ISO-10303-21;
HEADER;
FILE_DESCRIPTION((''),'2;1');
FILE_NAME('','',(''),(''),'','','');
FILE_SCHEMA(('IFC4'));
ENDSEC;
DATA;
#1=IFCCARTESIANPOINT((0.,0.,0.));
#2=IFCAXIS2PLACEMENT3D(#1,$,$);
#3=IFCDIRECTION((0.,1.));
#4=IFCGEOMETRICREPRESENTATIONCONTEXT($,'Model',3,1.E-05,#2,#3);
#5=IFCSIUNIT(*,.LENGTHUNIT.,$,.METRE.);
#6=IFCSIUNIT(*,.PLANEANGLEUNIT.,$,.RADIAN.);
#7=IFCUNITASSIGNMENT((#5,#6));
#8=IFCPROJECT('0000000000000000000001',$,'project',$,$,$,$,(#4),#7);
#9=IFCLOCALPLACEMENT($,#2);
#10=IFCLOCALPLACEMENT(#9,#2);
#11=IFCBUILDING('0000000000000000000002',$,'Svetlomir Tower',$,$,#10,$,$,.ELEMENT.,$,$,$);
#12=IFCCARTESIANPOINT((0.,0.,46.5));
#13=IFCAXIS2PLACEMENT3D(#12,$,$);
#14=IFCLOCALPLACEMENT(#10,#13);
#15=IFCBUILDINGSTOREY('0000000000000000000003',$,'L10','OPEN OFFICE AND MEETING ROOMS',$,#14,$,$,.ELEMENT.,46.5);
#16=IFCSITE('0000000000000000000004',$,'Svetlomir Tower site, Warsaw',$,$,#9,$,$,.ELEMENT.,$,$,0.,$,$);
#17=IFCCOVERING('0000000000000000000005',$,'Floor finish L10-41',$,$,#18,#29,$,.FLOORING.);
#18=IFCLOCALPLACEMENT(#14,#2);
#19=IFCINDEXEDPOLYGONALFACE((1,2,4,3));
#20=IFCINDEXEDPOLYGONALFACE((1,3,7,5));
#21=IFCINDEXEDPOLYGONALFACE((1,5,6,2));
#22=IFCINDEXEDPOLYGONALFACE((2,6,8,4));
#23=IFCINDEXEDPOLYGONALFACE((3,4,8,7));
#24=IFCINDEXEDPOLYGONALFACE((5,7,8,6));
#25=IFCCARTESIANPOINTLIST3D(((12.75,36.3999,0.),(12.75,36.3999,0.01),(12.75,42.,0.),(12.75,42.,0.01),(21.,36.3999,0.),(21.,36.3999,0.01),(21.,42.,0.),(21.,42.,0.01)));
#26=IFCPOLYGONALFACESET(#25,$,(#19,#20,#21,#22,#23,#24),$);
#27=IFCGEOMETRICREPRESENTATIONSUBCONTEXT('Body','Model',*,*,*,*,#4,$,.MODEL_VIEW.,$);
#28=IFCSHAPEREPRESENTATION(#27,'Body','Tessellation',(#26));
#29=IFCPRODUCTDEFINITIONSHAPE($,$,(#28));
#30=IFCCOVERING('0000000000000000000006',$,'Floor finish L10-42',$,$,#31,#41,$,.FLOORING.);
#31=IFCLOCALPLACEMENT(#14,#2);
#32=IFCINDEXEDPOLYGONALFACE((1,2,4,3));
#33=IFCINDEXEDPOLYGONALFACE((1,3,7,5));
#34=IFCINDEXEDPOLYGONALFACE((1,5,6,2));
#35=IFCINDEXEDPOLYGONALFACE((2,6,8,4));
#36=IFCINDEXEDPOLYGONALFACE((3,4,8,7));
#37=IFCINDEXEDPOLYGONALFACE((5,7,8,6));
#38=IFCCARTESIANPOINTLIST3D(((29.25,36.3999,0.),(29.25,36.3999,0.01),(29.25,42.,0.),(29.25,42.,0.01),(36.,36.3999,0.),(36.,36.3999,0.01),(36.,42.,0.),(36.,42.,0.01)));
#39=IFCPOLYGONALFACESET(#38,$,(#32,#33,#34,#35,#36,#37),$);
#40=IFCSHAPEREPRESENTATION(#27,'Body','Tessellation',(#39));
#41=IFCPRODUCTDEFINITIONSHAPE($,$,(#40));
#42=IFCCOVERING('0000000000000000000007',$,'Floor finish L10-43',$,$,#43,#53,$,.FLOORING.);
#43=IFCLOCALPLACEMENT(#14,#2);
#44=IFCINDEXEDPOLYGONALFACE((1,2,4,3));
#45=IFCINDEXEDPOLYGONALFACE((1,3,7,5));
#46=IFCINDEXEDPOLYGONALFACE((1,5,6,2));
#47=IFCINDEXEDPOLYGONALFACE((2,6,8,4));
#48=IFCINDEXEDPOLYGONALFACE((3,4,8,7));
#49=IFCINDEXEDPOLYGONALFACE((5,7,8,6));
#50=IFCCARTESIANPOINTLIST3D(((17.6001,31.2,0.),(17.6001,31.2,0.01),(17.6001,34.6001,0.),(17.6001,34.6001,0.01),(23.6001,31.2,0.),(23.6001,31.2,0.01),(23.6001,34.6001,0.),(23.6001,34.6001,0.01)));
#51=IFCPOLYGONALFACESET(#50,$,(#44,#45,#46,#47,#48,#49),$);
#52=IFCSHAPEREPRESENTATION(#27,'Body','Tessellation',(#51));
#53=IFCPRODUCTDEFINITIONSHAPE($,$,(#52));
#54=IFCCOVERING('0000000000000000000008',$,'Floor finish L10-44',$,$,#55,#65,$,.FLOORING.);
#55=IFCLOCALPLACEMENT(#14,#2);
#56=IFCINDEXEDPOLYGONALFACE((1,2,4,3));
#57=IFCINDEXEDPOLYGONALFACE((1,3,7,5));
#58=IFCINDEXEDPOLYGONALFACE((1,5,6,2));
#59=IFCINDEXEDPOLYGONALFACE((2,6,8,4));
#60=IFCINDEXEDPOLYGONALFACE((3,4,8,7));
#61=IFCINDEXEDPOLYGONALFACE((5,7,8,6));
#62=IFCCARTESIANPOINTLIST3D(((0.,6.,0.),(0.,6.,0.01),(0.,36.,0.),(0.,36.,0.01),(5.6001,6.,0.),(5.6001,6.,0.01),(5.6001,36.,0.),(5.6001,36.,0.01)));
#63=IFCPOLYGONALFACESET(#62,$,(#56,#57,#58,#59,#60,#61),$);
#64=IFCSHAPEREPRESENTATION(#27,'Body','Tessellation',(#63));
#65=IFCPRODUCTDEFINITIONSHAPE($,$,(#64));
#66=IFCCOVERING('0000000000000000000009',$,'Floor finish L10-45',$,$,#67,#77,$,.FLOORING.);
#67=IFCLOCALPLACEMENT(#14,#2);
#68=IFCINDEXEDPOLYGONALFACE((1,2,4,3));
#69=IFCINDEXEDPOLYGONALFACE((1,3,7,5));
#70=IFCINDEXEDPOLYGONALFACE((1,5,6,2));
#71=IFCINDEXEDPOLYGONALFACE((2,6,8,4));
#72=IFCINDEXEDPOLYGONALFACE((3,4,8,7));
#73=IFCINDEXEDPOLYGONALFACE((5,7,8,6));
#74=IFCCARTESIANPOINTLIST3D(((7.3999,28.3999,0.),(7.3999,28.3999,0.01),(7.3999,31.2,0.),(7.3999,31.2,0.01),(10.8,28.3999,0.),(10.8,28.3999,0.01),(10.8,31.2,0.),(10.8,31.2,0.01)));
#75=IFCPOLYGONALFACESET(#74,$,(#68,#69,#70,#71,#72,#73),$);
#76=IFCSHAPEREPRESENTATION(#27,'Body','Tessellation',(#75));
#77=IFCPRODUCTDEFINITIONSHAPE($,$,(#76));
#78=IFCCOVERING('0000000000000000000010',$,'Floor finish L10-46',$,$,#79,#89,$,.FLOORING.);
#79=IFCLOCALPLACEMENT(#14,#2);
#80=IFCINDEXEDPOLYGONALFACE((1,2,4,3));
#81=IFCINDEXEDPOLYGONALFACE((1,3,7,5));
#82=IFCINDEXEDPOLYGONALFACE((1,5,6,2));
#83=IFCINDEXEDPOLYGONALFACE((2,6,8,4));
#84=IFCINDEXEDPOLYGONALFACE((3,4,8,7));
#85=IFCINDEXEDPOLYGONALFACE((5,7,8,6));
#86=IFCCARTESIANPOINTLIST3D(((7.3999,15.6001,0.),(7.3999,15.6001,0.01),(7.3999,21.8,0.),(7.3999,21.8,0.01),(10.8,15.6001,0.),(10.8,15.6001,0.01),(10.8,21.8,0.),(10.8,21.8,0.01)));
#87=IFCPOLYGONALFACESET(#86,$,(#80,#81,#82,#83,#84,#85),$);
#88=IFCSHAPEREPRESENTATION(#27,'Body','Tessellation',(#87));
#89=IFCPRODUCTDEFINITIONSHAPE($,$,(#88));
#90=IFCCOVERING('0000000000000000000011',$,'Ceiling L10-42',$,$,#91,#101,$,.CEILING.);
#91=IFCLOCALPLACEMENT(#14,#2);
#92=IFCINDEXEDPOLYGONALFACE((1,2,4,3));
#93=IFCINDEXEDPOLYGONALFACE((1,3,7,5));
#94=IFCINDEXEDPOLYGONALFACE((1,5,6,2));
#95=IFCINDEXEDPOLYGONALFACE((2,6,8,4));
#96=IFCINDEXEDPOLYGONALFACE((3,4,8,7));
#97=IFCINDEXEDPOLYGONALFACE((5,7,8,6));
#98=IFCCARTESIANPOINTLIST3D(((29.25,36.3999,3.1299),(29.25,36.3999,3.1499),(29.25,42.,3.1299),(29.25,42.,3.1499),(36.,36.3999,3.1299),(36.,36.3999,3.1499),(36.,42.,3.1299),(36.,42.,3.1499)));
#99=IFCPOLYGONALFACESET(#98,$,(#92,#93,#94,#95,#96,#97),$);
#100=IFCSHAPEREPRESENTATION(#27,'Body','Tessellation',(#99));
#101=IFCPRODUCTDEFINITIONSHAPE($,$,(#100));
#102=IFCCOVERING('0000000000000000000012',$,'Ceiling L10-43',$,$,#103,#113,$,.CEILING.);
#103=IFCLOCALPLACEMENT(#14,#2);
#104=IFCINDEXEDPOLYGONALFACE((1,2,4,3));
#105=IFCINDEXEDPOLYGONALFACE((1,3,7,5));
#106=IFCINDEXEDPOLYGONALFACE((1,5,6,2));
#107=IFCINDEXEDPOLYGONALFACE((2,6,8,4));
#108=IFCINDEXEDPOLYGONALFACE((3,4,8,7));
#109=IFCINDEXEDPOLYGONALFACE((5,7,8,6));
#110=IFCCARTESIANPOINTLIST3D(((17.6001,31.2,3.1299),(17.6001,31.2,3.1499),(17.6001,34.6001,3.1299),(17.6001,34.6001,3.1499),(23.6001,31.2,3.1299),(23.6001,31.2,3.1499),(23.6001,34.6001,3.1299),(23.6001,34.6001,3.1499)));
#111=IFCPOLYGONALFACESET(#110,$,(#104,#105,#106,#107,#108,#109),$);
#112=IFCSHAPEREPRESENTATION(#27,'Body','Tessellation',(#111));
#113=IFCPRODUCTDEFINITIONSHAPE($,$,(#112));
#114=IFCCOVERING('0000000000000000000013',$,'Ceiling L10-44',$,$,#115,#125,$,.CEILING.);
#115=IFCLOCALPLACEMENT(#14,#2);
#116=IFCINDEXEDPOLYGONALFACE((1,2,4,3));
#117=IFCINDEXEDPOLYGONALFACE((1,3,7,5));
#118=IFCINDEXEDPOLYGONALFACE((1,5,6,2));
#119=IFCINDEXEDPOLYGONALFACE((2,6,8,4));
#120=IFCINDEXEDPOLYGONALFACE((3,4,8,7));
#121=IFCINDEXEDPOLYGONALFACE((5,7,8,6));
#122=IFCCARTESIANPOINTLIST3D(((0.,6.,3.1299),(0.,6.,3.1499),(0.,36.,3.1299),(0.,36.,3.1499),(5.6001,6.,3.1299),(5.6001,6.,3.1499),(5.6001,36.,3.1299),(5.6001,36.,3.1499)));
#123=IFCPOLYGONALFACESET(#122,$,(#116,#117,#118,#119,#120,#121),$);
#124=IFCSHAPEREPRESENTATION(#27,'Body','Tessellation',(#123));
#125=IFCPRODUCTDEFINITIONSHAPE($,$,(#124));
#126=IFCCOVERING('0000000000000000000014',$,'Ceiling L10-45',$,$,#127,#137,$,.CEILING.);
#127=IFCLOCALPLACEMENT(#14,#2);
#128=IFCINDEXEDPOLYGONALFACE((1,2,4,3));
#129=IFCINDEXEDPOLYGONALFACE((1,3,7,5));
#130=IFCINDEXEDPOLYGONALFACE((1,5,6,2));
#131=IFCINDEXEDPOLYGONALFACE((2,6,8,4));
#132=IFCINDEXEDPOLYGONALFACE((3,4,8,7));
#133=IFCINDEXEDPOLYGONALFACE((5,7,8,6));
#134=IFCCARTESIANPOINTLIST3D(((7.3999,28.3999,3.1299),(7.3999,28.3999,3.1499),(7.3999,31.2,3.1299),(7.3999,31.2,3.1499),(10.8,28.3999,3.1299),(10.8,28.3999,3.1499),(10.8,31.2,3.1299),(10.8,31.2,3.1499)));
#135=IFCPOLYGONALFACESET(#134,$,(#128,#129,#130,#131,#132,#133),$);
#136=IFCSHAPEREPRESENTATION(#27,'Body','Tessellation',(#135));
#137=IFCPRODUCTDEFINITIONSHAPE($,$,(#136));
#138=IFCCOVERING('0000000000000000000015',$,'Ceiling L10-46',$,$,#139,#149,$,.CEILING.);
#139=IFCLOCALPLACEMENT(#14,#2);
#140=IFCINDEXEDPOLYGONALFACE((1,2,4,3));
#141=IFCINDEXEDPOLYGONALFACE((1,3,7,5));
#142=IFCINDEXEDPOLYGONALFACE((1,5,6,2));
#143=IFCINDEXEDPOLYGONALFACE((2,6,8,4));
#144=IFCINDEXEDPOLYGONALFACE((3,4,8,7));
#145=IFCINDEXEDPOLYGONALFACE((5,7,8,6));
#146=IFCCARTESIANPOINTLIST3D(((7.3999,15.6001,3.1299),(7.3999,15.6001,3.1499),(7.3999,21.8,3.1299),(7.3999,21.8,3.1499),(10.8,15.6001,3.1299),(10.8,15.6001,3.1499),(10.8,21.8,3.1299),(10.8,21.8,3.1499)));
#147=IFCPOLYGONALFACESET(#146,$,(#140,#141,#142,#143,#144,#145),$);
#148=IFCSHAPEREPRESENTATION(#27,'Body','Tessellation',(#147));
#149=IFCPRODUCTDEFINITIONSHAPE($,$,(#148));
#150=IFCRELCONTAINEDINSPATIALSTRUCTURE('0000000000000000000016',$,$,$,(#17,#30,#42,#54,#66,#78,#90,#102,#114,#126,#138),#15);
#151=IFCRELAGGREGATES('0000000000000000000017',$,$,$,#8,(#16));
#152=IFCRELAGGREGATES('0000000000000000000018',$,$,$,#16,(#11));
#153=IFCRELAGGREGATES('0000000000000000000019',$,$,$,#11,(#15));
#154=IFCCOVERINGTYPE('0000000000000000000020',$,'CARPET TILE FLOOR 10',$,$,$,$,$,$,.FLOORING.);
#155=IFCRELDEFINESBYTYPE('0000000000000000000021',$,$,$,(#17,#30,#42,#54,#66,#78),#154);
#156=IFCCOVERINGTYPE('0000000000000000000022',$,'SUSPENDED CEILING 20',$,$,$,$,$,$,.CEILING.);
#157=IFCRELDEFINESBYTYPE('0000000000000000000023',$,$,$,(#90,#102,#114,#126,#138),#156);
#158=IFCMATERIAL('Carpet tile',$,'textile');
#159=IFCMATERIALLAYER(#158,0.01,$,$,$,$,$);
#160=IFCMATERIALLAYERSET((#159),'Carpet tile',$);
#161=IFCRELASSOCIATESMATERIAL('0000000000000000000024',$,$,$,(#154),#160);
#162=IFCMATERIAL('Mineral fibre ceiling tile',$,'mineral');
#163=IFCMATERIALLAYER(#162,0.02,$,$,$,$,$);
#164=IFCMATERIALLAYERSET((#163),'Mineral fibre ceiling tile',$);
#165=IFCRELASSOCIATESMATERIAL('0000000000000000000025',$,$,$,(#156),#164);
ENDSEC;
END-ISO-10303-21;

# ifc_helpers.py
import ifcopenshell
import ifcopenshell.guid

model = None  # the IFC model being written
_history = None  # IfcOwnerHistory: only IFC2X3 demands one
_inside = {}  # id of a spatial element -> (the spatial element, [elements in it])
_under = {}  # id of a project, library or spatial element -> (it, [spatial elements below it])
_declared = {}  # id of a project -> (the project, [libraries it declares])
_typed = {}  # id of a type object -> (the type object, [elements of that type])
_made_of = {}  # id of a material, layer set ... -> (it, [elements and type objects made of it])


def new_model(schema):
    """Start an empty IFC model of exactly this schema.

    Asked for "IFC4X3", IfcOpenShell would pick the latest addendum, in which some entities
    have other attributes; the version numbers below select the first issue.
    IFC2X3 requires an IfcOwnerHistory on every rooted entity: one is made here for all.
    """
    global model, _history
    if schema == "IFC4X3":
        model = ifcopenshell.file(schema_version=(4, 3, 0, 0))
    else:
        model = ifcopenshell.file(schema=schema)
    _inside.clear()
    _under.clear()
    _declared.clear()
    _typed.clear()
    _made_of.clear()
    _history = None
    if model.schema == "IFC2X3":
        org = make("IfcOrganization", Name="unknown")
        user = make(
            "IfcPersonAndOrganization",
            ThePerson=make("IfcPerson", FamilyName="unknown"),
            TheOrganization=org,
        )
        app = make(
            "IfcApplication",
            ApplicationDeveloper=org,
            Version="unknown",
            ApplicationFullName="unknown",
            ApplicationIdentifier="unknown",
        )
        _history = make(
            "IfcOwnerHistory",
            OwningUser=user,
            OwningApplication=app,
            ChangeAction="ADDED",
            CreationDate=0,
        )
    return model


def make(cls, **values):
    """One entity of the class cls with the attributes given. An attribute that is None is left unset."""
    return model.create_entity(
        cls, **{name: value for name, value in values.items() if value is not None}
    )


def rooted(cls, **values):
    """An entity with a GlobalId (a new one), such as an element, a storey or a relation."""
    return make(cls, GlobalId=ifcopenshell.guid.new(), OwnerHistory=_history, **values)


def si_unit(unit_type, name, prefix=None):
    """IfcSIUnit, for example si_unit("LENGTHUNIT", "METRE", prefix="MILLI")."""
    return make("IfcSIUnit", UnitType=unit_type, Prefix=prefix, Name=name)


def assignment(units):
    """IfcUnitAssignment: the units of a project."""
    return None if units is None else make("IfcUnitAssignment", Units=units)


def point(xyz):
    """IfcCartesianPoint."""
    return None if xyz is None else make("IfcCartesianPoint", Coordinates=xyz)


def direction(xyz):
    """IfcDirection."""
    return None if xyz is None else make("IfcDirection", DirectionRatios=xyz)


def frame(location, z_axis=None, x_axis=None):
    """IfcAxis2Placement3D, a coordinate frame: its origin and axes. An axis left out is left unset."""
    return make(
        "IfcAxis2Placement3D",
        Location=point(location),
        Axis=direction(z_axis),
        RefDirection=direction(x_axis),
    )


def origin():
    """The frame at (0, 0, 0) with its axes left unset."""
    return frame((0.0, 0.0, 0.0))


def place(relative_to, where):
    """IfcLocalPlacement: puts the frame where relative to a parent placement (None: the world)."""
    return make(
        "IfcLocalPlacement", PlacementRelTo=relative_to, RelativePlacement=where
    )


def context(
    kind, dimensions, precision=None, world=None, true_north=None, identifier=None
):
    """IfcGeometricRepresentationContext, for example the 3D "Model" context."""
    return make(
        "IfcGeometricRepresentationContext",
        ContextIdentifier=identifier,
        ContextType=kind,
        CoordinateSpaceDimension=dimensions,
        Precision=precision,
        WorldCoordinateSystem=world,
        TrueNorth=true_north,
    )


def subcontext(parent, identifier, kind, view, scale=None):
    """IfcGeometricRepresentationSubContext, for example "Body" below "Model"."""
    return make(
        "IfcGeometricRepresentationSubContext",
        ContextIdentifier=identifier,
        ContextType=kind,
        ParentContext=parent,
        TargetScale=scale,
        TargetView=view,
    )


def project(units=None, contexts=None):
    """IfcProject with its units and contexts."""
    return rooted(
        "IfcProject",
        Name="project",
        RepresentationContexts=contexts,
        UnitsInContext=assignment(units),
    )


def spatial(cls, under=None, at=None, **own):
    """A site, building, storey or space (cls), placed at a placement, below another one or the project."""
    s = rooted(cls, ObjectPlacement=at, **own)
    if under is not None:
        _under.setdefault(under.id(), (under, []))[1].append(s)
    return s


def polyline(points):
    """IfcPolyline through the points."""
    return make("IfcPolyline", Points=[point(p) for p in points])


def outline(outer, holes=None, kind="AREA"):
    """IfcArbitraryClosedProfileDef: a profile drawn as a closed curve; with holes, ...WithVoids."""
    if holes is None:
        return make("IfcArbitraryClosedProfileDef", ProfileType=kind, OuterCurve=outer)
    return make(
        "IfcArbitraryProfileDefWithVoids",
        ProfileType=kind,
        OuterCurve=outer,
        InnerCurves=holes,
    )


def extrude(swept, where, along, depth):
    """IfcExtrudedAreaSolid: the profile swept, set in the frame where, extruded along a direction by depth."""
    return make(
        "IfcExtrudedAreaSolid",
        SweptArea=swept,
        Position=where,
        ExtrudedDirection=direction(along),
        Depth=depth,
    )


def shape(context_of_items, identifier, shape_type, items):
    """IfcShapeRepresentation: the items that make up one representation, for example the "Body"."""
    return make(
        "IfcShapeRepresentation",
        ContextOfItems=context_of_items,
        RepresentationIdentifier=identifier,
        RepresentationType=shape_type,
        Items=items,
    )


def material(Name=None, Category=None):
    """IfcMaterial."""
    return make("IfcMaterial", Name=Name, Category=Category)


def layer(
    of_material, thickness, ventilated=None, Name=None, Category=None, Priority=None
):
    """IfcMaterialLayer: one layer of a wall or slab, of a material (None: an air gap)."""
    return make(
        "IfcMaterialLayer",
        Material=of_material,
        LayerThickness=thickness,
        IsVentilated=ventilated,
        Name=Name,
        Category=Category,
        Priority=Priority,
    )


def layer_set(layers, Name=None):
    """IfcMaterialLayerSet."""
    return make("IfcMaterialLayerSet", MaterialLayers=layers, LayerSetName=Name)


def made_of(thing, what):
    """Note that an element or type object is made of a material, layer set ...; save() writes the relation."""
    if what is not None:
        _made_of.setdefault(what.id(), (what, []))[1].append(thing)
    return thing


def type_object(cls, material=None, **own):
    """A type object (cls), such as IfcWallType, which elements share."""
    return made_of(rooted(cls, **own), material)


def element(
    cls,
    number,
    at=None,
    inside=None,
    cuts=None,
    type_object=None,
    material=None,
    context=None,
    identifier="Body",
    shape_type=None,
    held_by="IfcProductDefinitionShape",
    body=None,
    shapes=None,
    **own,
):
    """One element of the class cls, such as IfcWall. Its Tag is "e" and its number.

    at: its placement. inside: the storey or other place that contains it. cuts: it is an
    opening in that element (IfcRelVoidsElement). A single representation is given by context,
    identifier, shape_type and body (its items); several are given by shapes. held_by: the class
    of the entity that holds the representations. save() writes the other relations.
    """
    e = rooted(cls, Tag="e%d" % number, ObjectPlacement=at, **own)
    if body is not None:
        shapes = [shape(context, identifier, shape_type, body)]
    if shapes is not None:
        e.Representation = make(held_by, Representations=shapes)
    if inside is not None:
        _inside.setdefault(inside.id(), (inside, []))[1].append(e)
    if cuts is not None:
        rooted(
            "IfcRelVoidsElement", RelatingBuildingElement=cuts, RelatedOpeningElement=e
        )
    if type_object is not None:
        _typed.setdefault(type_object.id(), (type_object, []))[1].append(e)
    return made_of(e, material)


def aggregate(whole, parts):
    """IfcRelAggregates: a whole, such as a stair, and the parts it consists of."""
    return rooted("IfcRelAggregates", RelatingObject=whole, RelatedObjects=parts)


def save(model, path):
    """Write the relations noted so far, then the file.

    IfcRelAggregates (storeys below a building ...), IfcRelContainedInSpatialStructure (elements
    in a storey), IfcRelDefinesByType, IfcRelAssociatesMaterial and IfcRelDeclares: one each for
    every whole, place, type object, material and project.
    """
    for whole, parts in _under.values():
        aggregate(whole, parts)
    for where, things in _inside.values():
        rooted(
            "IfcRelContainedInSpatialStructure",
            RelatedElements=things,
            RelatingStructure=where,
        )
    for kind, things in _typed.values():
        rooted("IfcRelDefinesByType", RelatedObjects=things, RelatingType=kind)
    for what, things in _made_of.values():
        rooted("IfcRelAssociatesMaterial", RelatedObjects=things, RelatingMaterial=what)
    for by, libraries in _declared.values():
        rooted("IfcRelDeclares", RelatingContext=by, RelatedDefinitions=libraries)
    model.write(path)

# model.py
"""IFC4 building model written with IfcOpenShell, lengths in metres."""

from ifc_helpers import new_model, si_unit, direction, frame, origin, place, context, subcontext, project, spatial, polyline, outline, extrude, material, layer, layer_set, type_object, element, save


model = new_model("IFC4")

# Units and contexts
model_context = context("Model", 3, precision=1e-05, world=origin(), true_north=direction((0.0, 1.0)))
body_context = subcontext(model_context, "Body", "Model", "MODEL_VIEW")
ifc_project = project(units=[si_unit("LENGTHUNIT", "METRE"), si_unit("PLANEANGLEUNIT", "RADIAN")], contexts=[model_context])

# Site, building, storey
site_placement = place(None, origin())
site = spatial("IfcSite", under=ifc_project, at=site_placement, Name="Svetlomir Tower site, Warsaw", CompositionType="ELEMENT", RefElevation=0.0)
building_placement = place(site_placement, origin())
building = spatial("IfcBuilding", under=site, at=building_placement, Name="Svetlomir Tower", CompositionType="ELEMENT")
storey_placement = place(building_placement, frame((0.0, 0.0, 46.5)))
storey = spatial("IfcBuildingStorey", under=building, at=storey_placement, Name="L10", Description="OPEN OFFICE AND MEETING ROOMS", CompositionType="ELEMENT", Elevation=46.5)

# Coverings
ifc_material_1 = material(Name="Carpet tile", Category="textile")
ifc_layer_1 = layer(ifc_material_1, 0.01)
ifc_layer_set_1 = layer_set([ifc_layer_1], Name="Carpet tile")
covering_type_1 = type_object("IfcCoveringType", Name="CARPET TILE FLOOR 10", PredefinedType="FLOORING", material=ifc_layer_set_1)
covering_1_placement = place(storey_placement, origin())
element("IfcCovering", 1, at=covering_1_placement, inside=storey, type_object=covering_type_1, Name="Floor finish L10-41", PredefinedType="FLOORING", context=body_context, shape_type="SweptSolid", body=[
    extrude(outline(polyline([(21.0, 42.0), (21.0, 36.3999), (12.75, 36.3999), (12.75, 42.0), (21.0, 42.0)])), origin(), (0.0, 0.0, 1.0), 0.01),
])
covering_2_placement = place(storey_placement, origin())
element("IfcCovering", 2, at=covering_2_placement, inside=storey, type_object=covering_type_1, Name="Floor finish L10-42", PredefinedType="FLOORING", context=body_context, shape_type="SweptSolid", body=[
    extrude(outline(polyline([(36.0, 42.0), (36.0, 36.3999), (29.25, 36.3999), (29.25, 42.0), (36.0, 42.0)])), origin(), (0.0, 0.0, 1.0), 0.01),
])
covering_3_placement = place(storey_placement, origin())
element("IfcCovering", 3, at=covering_3_placement, inside=storey, type_object=covering_type_1, Name="Floor finish L10-43", PredefinedType="FLOORING", context=body_context, shape_type="SweptSolid", body=[
    extrude(outline(polyline([(17.6001, 31.2), (17.6001, 34.6001), (23.6001, 34.6001), (23.6001, 31.2), (17.6001, 31.2)])), origin(), (0.0, 0.0, 1.0), 0.01),
])
covering_4_placement = place(storey_placement, origin())
element("IfcCovering", 4, at=covering_4_placement, inside=storey, type_object=covering_type_1, Name="Floor finish L10-44", PredefinedType="FLOORING", context=body_context, shape_type="SweptSolid", body=[
    extrude(outline(polyline([(0.0, 36.0), (5.6001, 36.0), (5.6001, 6.0), (0.0, 6.0), (0.0, 36.0)])), origin(), (0.0, 0.0, 1.0), 0.01),
])
covering_5_placement = place(storey_placement, origin())
element("IfcCovering", 5, at=covering_5_placement, inside=storey, type_object=covering_type_1, Name="Floor finish L10-45", PredefinedType="FLOORING", context=body_context, shape_type="SweptSolid", body=[
    extrude(outline(polyline([(7.3999, 28.3999), (7.3999, 31.2), (10.8, 31.2), (10.8, 28.3999), (7.3999, 28.3999)])), origin(), (0.0, 0.0, 1.0), 0.01),
])
covering_6_placement = place(storey_placement, origin())
element("IfcCovering", 6, at=covering_6_placement, inside=storey, type_object=covering_type_1, Name="Floor finish L10-46", PredefinedType="FLOORING", context=body_context, shape_type="SweptSolid", body=[
    extrude(outline(polyline([(7.3999, 15.6001), (7.3999, 21.8), (10.8, 21.8), (10.8, 15.6001), (7.3999, 15.6001)])), origin(), (0.0, 0.0, 1.0), 0.01),
])
ifc_material_2 = material(Name="Mineral fibre ceiling tile", Category="mineral")
ifc_layer_2 = layer(ifc_material_2, 0.02)
ifc_layer_set_2 = layer_set([ifc_layer_2], Name="Mineral fibre ceiling tile")
covering_type_2 = type_object("IfcCoveringType", Name="SUSPENDED CEILING 20", PredefinedType="CEILING", material=ifc_layer_set_2)
covering_7_placement = place(storey_placement, frame((0.0, 0.0, 3.1299)))
element("IfcCovering", 7, at=covering_7_placement, inside=storey, type_object=covering_type_2, Name="Ceiling L10-42", PredefinedType="CEILING", context=body_context, shape_type="SweptSolid", body=[
    extrude(outline(polyline([(36.0, 42.0), (36.0, 36.3999), (29.25, 36.3999), (29.25, 42.0), (36.0, 42.0)])), origin(), (0.0, 0.0, 1.0), 0.02),
])
covering_8_placement = place(storey_placement, frame((0.0, 0.0, 3.1299)))
element("IfcCovering", 8, at=covering_8_placement, inside=storey, type_object=covering_type_2, Name="Ceiling L10-43", PredefinedType="CEILING", context=body_context, shape_type="SweptSolid", body=[
    extrude(outline(polyline([(17.6001, 31.2), (17.6001, 34.6001), (23.6001, 34.6001), (23.6001, 31.2), (17.6001, 31.2)])), origin(), (0.0, 0.0, 1.0), 0.02),
])
covering_9_placement = place(storey_placement, frame((0.0, 0.0, 3.1299)))
element("IfcCovering", 9, at=covering_9_placement, inside=storey, type_object=covering_type_2, Name="Ceiling L10-44", PredefinedType="CEILING", context=body_context, shape_type="SweptSolid", body=[
    extrude(outline(polyline([(0.0, 36.0), (5.6001, 36.0), (5.6001, 6.0), (0.0, 6.0), (0.0, 36.0)])), origin(), (0.0, 0.0, 1.0), 0.02),
])
covering_10_placement = place(storey_placement, frame((0.0, 0.0, 3.1299)))
element("IfcCovering", 10, at=covering_10_placement, inside=storey, type_object=covering_type_2, Name="Ceiling L10-45", PredefinedType="CEILING", context=body_context, shape_type="SweptSolid", body=[
    extrude(outline(polyline([(7.3999, 28.3999), (7.3999, 31.2), (10.8, 31.2), (10.8, 28.3999), (7.3999, 28.3999)])), origin(), (0.0, 0.0, 1.0), 0.02),
])
covering_11_placement = place(storey_placement, frame((0.0, 0.0, 3.1299)))
element("IfcCovering", 11, at=covering_11_placement, inside=storey, type_object=covering_type_2, Name="Ceiling L10-46", PredefinedType="CEILING", context=body_context, shape_type="SweptSolid", body=[
    extrude(outline(polyline([(7.3999, 15.6001), (7.3999, 21.8), (10.8, 21.8), (10.8, 15.6001), (7.3999, 15.6001)])), origin(), (0.0, 0.0, 1.0), 0.02),
])

save(model, "model.ifc")
